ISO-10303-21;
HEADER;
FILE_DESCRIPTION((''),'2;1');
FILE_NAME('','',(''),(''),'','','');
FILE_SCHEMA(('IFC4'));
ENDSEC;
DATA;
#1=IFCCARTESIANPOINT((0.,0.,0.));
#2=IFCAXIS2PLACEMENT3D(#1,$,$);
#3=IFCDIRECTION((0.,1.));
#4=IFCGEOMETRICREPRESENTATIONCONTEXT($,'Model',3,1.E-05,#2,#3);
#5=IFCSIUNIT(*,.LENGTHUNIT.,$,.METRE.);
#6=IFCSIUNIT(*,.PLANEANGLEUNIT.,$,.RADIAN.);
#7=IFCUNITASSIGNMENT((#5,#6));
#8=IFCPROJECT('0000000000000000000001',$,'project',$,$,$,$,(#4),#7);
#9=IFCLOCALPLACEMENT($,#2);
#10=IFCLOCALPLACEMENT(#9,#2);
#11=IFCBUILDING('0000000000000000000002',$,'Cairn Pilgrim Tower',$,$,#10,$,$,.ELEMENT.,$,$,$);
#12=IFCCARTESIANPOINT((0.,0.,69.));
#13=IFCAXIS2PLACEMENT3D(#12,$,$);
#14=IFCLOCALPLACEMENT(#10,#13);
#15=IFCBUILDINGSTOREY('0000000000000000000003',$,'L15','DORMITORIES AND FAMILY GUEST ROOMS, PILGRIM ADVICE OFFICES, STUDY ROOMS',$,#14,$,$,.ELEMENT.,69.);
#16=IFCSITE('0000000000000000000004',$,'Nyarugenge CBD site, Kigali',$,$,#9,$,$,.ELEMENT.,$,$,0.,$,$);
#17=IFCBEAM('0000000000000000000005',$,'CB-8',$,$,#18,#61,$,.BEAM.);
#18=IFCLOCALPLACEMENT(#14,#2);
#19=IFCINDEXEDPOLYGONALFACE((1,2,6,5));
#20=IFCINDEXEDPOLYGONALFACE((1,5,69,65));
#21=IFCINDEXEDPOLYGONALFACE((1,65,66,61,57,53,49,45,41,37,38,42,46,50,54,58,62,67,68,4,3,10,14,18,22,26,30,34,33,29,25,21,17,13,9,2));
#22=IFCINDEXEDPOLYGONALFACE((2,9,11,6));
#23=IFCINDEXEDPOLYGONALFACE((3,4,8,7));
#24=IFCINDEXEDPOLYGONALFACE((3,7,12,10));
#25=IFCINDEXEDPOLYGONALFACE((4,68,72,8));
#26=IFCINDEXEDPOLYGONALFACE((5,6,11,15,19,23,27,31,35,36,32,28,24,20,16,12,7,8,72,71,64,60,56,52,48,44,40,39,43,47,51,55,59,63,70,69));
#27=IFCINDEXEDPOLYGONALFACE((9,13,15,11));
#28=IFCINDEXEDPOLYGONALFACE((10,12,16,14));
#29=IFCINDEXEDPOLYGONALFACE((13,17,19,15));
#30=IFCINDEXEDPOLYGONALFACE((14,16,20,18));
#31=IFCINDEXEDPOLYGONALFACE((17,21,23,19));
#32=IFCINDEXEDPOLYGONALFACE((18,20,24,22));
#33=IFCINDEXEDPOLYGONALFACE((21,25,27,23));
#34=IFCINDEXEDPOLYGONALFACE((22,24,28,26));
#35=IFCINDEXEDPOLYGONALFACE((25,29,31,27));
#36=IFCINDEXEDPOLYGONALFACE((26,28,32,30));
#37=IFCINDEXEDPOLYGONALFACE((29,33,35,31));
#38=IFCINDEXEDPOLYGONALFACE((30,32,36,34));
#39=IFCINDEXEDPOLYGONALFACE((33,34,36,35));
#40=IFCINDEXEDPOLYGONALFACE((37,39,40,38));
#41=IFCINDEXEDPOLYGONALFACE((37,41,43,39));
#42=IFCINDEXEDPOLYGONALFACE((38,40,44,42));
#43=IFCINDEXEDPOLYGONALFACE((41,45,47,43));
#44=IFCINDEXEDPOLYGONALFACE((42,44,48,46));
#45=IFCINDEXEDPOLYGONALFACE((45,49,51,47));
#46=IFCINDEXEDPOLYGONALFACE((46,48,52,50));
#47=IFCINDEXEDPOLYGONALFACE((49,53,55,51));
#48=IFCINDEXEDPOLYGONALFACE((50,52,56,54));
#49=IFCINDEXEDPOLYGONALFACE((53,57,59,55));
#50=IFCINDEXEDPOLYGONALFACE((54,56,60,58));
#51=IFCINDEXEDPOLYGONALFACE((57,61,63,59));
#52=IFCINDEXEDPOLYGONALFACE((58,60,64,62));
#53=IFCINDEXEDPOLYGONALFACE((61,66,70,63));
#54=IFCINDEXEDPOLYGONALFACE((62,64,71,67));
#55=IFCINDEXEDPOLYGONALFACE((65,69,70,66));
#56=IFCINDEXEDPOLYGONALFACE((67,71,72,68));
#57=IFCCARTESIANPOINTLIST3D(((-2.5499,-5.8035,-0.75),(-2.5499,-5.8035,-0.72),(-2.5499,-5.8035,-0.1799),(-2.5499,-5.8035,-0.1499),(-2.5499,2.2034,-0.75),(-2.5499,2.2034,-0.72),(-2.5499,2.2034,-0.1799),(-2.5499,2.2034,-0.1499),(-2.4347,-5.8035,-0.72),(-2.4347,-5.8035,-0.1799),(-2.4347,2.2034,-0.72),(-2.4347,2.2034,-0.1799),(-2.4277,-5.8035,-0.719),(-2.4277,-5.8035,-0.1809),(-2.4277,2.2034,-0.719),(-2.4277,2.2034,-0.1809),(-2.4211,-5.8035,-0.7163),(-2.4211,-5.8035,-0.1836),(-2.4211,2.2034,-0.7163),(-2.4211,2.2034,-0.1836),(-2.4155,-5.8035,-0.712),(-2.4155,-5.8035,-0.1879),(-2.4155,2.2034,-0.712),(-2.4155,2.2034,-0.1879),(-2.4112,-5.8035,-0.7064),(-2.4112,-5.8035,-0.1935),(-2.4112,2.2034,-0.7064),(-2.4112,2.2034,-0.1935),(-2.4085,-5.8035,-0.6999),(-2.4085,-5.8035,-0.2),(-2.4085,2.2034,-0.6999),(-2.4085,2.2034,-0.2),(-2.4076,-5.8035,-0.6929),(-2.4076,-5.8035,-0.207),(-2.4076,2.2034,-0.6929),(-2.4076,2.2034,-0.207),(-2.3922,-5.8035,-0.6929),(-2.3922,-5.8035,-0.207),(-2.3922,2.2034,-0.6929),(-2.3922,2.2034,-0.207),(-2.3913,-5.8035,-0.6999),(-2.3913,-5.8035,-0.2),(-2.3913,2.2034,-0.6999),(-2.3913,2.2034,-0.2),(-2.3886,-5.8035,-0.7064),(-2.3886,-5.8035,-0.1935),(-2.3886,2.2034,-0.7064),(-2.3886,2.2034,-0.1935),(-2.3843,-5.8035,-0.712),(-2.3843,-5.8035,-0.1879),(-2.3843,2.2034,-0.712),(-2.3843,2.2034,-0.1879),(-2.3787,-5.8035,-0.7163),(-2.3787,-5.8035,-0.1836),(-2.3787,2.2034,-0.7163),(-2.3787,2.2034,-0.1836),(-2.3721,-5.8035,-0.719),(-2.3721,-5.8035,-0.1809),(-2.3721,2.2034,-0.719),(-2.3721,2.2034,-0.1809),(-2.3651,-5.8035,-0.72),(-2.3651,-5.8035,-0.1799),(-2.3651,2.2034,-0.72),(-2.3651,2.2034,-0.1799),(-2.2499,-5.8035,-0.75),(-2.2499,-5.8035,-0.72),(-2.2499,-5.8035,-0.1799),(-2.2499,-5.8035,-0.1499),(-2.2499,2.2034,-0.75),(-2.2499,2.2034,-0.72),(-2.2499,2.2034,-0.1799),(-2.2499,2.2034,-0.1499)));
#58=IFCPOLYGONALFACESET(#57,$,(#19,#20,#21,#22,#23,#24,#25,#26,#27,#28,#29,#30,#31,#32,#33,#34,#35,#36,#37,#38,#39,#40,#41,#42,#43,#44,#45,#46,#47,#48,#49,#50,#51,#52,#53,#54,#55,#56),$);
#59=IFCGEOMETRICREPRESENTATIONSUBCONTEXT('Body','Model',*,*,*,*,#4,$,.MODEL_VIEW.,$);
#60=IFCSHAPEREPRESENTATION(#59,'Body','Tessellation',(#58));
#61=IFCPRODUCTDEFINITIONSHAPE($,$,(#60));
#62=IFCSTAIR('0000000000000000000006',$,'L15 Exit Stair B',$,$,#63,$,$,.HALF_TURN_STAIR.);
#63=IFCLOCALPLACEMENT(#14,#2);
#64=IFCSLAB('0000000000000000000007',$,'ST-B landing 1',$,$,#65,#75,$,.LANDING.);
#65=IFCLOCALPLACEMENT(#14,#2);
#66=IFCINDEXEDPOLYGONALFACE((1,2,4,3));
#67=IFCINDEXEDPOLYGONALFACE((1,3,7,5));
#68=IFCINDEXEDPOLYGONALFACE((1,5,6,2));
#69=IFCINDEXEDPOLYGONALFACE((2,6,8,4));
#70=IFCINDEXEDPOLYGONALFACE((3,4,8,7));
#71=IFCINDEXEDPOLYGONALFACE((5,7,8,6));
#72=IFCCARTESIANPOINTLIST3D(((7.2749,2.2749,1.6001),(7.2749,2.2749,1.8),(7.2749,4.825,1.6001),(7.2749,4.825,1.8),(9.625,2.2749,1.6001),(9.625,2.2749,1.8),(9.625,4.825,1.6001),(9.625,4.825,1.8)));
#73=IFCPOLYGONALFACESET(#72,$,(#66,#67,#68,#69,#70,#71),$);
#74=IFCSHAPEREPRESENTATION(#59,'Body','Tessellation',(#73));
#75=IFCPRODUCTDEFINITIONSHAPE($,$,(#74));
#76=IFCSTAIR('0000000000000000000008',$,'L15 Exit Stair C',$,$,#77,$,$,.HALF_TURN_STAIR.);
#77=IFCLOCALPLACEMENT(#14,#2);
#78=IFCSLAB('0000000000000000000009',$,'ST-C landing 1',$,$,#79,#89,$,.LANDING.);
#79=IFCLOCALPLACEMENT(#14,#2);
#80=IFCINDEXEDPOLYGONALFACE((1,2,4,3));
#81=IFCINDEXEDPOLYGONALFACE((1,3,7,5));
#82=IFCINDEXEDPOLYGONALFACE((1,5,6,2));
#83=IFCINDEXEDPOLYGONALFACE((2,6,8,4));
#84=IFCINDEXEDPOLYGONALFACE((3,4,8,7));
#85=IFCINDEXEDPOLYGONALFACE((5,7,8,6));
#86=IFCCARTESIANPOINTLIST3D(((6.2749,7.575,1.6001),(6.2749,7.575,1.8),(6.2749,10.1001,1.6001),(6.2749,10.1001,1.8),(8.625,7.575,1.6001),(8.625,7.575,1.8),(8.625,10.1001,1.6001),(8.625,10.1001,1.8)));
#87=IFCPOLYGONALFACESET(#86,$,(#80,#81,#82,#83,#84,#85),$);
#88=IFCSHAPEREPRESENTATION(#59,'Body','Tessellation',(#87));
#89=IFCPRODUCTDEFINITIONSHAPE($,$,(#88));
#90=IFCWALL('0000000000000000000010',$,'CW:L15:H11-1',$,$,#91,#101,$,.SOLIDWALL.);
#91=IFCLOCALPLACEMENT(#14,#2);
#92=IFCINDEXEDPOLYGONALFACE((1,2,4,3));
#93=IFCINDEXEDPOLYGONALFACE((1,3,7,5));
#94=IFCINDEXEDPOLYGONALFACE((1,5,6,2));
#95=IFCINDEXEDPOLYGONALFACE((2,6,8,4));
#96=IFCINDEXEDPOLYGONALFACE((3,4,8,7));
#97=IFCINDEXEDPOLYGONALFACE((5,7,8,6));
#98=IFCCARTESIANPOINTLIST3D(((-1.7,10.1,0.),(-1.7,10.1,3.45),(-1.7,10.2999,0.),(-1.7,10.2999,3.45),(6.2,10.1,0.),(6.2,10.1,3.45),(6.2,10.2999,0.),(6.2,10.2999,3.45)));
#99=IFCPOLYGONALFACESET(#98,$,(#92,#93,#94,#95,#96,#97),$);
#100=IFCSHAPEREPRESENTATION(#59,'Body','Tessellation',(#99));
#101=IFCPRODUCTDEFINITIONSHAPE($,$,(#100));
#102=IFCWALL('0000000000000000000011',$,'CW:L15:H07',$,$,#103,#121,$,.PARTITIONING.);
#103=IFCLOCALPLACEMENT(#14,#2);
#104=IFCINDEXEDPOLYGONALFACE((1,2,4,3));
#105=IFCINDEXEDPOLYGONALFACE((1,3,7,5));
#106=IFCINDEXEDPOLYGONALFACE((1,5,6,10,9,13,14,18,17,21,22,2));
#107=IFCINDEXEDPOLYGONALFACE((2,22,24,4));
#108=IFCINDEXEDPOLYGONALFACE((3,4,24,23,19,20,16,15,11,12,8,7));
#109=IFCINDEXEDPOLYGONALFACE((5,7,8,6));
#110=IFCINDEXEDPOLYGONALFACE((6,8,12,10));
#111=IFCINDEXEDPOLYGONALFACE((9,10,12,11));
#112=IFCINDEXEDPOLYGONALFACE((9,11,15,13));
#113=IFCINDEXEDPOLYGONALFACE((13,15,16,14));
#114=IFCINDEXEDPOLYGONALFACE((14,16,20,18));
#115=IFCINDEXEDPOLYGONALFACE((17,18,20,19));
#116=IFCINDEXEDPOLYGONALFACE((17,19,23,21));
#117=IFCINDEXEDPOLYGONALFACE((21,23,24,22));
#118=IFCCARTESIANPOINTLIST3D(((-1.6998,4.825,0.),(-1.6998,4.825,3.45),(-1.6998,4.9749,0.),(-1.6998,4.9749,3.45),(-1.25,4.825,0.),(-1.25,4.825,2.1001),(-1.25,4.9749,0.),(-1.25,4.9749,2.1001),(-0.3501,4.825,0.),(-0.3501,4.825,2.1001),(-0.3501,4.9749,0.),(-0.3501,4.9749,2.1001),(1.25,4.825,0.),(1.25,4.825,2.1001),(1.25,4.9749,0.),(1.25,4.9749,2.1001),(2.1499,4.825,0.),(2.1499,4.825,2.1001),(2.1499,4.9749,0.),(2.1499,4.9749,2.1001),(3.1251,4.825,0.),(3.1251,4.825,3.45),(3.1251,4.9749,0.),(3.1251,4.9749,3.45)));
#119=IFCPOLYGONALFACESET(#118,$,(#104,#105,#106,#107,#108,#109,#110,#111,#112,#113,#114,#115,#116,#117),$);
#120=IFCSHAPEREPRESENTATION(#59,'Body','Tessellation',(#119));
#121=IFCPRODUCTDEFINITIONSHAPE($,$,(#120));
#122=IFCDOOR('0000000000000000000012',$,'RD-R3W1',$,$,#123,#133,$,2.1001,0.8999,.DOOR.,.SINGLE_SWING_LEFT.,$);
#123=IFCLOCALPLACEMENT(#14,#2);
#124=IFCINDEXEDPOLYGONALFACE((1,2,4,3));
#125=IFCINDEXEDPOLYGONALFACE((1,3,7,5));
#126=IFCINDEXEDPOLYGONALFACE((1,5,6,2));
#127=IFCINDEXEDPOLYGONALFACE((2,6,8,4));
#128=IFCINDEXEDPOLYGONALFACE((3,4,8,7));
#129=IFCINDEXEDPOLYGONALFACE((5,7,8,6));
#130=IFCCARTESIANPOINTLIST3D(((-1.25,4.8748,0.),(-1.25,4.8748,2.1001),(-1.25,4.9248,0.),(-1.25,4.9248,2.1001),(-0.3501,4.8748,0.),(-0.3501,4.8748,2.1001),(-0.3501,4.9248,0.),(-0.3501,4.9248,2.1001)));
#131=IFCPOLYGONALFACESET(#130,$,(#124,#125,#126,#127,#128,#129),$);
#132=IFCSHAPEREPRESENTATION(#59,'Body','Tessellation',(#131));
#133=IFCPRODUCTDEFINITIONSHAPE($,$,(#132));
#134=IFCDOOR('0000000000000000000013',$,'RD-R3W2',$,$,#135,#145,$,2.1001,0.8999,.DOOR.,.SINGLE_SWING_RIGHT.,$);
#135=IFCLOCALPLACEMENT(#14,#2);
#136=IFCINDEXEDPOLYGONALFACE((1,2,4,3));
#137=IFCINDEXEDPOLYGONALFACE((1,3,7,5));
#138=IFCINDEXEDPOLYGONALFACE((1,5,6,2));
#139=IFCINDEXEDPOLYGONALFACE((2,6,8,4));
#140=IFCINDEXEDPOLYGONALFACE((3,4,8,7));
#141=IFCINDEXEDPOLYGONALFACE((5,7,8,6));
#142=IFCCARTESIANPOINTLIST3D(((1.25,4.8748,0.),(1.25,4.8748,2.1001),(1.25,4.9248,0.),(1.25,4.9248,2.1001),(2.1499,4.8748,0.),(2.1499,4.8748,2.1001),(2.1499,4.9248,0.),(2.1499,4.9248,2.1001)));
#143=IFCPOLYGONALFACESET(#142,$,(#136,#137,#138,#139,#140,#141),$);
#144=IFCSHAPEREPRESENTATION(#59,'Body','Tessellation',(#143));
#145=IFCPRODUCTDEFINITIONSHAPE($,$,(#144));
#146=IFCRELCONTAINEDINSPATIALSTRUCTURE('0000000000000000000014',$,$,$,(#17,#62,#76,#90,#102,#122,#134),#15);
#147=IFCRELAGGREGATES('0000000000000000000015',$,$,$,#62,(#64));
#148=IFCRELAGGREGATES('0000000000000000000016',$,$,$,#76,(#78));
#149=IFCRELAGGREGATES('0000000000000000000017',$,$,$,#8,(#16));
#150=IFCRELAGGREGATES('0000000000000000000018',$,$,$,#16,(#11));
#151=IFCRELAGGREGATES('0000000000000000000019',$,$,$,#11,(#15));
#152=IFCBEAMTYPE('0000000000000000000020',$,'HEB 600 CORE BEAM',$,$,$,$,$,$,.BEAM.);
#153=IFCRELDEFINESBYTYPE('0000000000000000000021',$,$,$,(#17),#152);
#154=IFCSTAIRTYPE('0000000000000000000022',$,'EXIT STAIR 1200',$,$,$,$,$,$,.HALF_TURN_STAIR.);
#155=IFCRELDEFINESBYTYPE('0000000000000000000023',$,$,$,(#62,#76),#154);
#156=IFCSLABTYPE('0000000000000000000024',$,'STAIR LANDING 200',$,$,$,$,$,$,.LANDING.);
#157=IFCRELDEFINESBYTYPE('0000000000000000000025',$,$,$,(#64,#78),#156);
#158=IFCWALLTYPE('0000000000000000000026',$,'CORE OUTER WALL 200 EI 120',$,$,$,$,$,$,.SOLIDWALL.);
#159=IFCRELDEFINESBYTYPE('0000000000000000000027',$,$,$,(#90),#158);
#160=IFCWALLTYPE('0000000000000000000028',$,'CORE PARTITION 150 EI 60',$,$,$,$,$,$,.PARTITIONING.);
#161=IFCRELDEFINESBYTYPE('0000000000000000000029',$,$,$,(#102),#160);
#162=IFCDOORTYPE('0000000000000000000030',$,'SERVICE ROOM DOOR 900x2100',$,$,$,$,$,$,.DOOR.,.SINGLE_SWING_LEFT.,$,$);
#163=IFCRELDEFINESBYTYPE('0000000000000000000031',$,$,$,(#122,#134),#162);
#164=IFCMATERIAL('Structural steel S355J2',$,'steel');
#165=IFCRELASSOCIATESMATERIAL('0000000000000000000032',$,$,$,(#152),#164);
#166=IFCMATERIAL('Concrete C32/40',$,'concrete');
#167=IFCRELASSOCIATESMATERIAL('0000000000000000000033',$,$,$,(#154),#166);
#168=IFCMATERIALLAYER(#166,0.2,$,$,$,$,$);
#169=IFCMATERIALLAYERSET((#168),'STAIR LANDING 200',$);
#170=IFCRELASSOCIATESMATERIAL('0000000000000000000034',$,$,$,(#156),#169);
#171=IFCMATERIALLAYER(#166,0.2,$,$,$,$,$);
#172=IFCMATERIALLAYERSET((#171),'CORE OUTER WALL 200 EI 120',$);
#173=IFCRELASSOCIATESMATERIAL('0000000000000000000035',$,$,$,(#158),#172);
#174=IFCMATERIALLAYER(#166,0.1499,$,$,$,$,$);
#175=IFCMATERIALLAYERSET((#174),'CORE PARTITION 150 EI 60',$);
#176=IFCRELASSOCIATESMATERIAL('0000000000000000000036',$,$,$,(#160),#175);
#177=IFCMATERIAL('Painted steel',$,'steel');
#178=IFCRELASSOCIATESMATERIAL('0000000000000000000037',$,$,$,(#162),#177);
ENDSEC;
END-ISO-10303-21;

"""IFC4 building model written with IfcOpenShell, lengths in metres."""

from ifc_helpers import new_model, si_unit, direction, frame, frame_2d, origin, origin_2d, place, context, subcontext, project, spatial, polyline, rectangle, i_section, outline, extrude, material, layer, layer_set, material_profile, profile_set, type_object, element, fill, aggregate, save


model = new_model("IFC4")

# Units and contexts
model_context = context("Model", 3, precision=1e-05, world=origin(), true_north=direction((0.0, 1.0)))
body_context = subcontext(model_context, "Body", "Model", "MODEL_VIEW")
ifc_project = project(units=[si_unit("LENGTHUNIT", "METRE"), si_unit("PLANEANGLEUNIT", "RADIAN")], contexts=[model_context])

# Site, building, storey
site_placement = place(None, origin())
site = spatial("IfcSite", under=ifc_project, at=site_placement, Name="Nyarugenge CBD site, Kigali", CompositionType="ELEMENT", RefElevation=0.0)
building_placement = place(site_placement, origin())
building = spatial("IfcBuilding", under=site, at=building_placement, Name="Cairn Pilgrim Tower", CompositionType="ELEMENT")
storey_placement = place(building_placement, frame((0.0, 0.0, 69.0)))
storey = spatial("IfcBuildingStorey", under=building, at=storey_placement, Name="L15", Description="DORMITORIES AND FAMILY GUEST ROOMS, PILGRIM ADVICE OFFICES, STUDY ROOMS", CompositionType="ELEMENT", Elevation=69.0)

# Beam
ifc_material_1 = material(Name="Structural steel S355J2", Category="steel")
ifc_material_profile_1 = material_profile(ifc_material_1, i_section(OverallWidth=0.3, OverallDepth=0.6001, WebThickness=0.0154, FlangeThickness=0.03, FilletRadius=0.0271, at=origin_2d()), Name="HEB 600")
ifc_profile_set_1 = profile_set([ifc_material_profile_1], Name="Structural steel S355J2")
beam_type = type_object("IfcBeamType", Name="HEB 600 CORE BEAM", PredefinedType="BEAM", material=ifc_profile_set_1)
for number, where, z_axis, x_axis, name in (
    (1, (-2.3999, 2.2034, -0.45), (0.0, -1.0, 0.0), (1.0, 0.0, 0.0), "CB-8"),
):
    element("IfcBeam", number, at=place(storey_placement, frame(where, z_axis=z_axis, x_axis=x_axis)), inside=storey, type_object=beam_type, Name=name, PredefinedType="BEAM", context=body_context, shape_type="SweptSolid", body=[
        extrude(i_section(OverallWidth=0.3, OverallDepth=0.6001, WebThickness=0.0154, FlangeThickness=0.03, FilletRadius=0.0271, at=origin_2d()), origin(), (0.0, 0.0, 1.0), 8.0068),
    ])

# Stairs, slabs
ifc_material_2 = material(Name="Concrete C32/40", Category="concrete")
stair_type = type_object("IfcStairType", Name="EXIT STAIR 1200", PredefinedType="HALF_TURN_STAIR", material=ifc_material_2)
stair_1_placement = place(storey_placement, origin())
stair_1 = element("IfcStair", 2, at=stair_1_placement, inside=storey, type_object=stair_type, Name="L15 Exit Stair B", PredefinedType="HALF_TURN_STAIR")
ifc_layer_1 = layer(ifc_material_2, 0.2)
ifc_layer_set_1 = layer_set([ifc_layer_1], Name="STAIR LANDING 200")
slab_type = type_object("IfcSlabType", Name="STAIR LANDING 200", PredefinedType="LANDING", material=ifc_layer_set_1)
slab_1_placement = place(storey_placement, frame((0.0, 0.0, 1.6001)))
slab_1 = element("IfcSlab", 3, at=slab_1_placement, type_object=slab_type, Name="ST-B landing 1", PredefinedType="LANDING", context=body_context, shape_type="SweptSolid", body=[
    extrude(outline(polyline([(7.2749, 2.2749), (9.625, 2.2749), (9.625, 4.825), (7.2749, 4.825), (7.2749, 2.2749)])), origin(), (0.0, 0.0, 1.0), 0.2),
])
aggregate(stair_1, [slab_1])
stair_2_placement = place(storey_placement, origin())
stair_2 = element("IfcStair", 4, at=stair_2_placement, inside=storey, type_object=stair_type, Name="L15 Exit Stair C", PredefinedType="HALF_TURN_STAIR")
slab_2_placement = place(storey_placement, frame((0.0, 0.0, 1.6001)))
slab_2 = element("IfcSlab", 5, at=slab_2_placement, type_object=slab_type, Name="ST-C landing 1", PredefinedType="LANDING", context=body_context, shape_type="SweptSolid", body=[
    extrude(outline(polyline([(8.625, 10.1001), (6.2749, 10.1001), (6.2749, 7.575), (8.625, 7.575), (8.625, 10.1001)])), origin(), (0.0, 0.0, 1.0), 0.2),
])
aggregate(stair_2, [slab_2])

# Wall
ifc_layer_2 = layer(ifc_material_2, 0.2)
ifc_layer_set_2 = layer_set([ifc_layer_2], Name="CORE OUTER WALL 200 EI 120")
wall_type_1 = type_object("IfcWallType", Name="CORE OUTER WALL 200 EI 120", PredefinedType="SOLIDWALL", material=ifc_layer_set_2)
wall_1_placement = place(storey_placement, frame((-1.7, 10.2, 0.0), z_axis=(0.0, 0.0, 1.0), x_axis=(1.0, 0.0, 0.0)))
element("IfcWall", 6, at=wall_1_placement, inside=storey, type_object=wall_type_1, Name="CW:L15:H11-1", PredefinedType="SOLIDWALL", context=body_context, shape_type="SweptSolid", body=[
    extrude(rectangle(XDim=7.8999, YDim=0.2, at=frame_2d((3.95, 0.0))), origin(), (0.0, 0.0, 1.0), 3.45),
])

# Wall, openings, doors
ifc_layer_3 = layer(ifc_material_2, 0.1499)
ifc_layer_set_3 = layer_set([ifc_layer_3], Name="CORE PARTITION 150 EI 60")
wall_type_2 = type_object("IfcWallType", Name="CORE PARTITION 150 EI 60", PredefinedType="PARTITIONING", material=ifc_layer_set_3)
wall_2_placement = place(storey_placement, frame((-1.7, 4.8999, 0.0), z_axis=(0.0, 0.0, 1.0), x_axis=(1.0, 0.0, 0.0)))
wall_2 = element("IfcWall", 7, at=wall_2_placement, inside=storey, type_object=wall_type_2, Name="CW:L15:H07", PredefinedType="PARTITIONING", context=body_context, shape_type="SweptSolid", body=[
    extrude(rectangle(XDim=4.825, YDim=0.1499, at=frame_2d((2.4126, 0.0))), origin(), (0.0, 0.0, 1.0), 3.45),
])
opening_1_placement = place(wall_2_placement, frame((0.45, 0.0, 0.0)))
opening_1 = element("IfcOpeningElement", 8, at=opening_1_placement, cuts=wall_2, PredefinedType="OPENING", context=body_context, shape_type="SweptSolid", body=[
    extrude(rectangle(XDim=0.8999, YDim=2.1001, at=frame_2d((0.45, 1.05))), frame((0.0, 0.085, 0.0), z_axis=(0.0, -1.0, 0.0), x_axis=(1.0, 0.0, 0.0)), (0.0, 0.0, 1.0), 0.1699),
])
opening_2_placement = place(wall_2_placement, frame((2.95, 0.0, 0.0)))
opening_2 = element("IfcOpeningElement", 9, at=opening_2_placement, cuts=wall_2, PredefinedType="OPENING", context=body_context, shape_type="SweptSolid", body=[
    extrude(rectangle(XDim=0.8999, YDim=2.1001, at=frame_2d((0.45, 1.05))), frame((0.0, 0.085, 0.0), z_axis=(0.0, -1.0, 0.0), x_axis=(1.0, 0.0, 0.0)), (0.0, 0.0, 1.0), 0.1699),
])
ifc_material_3 = material(Name="Painted steel", Category="steel")
door_type_1 = type_object("IfcDoorType", Name="SERVICE ROOM DOOR 900x2100", OperationType="SINGLE_SWING_LEFT", PredefinedType="DOOR", material=ifc_material_3)
door_1_placement = place(opening_1_placement, origin())
door_1 = element("IfcDoor", 10, at=door_1_placement, inside=storey, type_object=door_type_1, Name="RD-R3W1", OperationType="SINGLE_SWING_LEFT", OverallHeight=2.1001, OverallWidth=0.8999, PredefinedType="DOOR", context=body_context, shape_type="SweptSolid", body=[
    extrude(rectangle(XDim=0.8999, YDim=2.1001, at=frame_2d((0.45, 1.05))), frame((0.0, 0.0249, 0.0), z_axis=(0.0, -1.0, 0.0), x_axis=(1.0, 0.0, 0.0)), (0.0, 0.0, 1.0), 0.05),
])
fill(opening_1, door_1)
door_2_placement = place(opening_2_placement, origin())
door_2 = element("IfcDoor", 11, at=door_2_placement, inside=storey, type_object=door_type_1, Name="RD-R3W2", OperationType="SINGLE_SWING_RIGHT", OverallHeight=2.1001, OverallWidth=0.8999, PredefinedType="DOOR", context=body_context, shape_type="SweptSolid", body=[
    extrude(rectangle(XDim=0.8999, YDim=2.1001, at=frame_2d((0.45, 1.05))), frame((0.0, 0.0249, 0.0), z_axis=(0.0, -1.0, 0.0), x_axis=(1.0, 0.0, 0.0)), (0.0, 0.0, 1.0), 0.05),
])
fill(opening_2, door_2)

save(model, "model.ifc")
